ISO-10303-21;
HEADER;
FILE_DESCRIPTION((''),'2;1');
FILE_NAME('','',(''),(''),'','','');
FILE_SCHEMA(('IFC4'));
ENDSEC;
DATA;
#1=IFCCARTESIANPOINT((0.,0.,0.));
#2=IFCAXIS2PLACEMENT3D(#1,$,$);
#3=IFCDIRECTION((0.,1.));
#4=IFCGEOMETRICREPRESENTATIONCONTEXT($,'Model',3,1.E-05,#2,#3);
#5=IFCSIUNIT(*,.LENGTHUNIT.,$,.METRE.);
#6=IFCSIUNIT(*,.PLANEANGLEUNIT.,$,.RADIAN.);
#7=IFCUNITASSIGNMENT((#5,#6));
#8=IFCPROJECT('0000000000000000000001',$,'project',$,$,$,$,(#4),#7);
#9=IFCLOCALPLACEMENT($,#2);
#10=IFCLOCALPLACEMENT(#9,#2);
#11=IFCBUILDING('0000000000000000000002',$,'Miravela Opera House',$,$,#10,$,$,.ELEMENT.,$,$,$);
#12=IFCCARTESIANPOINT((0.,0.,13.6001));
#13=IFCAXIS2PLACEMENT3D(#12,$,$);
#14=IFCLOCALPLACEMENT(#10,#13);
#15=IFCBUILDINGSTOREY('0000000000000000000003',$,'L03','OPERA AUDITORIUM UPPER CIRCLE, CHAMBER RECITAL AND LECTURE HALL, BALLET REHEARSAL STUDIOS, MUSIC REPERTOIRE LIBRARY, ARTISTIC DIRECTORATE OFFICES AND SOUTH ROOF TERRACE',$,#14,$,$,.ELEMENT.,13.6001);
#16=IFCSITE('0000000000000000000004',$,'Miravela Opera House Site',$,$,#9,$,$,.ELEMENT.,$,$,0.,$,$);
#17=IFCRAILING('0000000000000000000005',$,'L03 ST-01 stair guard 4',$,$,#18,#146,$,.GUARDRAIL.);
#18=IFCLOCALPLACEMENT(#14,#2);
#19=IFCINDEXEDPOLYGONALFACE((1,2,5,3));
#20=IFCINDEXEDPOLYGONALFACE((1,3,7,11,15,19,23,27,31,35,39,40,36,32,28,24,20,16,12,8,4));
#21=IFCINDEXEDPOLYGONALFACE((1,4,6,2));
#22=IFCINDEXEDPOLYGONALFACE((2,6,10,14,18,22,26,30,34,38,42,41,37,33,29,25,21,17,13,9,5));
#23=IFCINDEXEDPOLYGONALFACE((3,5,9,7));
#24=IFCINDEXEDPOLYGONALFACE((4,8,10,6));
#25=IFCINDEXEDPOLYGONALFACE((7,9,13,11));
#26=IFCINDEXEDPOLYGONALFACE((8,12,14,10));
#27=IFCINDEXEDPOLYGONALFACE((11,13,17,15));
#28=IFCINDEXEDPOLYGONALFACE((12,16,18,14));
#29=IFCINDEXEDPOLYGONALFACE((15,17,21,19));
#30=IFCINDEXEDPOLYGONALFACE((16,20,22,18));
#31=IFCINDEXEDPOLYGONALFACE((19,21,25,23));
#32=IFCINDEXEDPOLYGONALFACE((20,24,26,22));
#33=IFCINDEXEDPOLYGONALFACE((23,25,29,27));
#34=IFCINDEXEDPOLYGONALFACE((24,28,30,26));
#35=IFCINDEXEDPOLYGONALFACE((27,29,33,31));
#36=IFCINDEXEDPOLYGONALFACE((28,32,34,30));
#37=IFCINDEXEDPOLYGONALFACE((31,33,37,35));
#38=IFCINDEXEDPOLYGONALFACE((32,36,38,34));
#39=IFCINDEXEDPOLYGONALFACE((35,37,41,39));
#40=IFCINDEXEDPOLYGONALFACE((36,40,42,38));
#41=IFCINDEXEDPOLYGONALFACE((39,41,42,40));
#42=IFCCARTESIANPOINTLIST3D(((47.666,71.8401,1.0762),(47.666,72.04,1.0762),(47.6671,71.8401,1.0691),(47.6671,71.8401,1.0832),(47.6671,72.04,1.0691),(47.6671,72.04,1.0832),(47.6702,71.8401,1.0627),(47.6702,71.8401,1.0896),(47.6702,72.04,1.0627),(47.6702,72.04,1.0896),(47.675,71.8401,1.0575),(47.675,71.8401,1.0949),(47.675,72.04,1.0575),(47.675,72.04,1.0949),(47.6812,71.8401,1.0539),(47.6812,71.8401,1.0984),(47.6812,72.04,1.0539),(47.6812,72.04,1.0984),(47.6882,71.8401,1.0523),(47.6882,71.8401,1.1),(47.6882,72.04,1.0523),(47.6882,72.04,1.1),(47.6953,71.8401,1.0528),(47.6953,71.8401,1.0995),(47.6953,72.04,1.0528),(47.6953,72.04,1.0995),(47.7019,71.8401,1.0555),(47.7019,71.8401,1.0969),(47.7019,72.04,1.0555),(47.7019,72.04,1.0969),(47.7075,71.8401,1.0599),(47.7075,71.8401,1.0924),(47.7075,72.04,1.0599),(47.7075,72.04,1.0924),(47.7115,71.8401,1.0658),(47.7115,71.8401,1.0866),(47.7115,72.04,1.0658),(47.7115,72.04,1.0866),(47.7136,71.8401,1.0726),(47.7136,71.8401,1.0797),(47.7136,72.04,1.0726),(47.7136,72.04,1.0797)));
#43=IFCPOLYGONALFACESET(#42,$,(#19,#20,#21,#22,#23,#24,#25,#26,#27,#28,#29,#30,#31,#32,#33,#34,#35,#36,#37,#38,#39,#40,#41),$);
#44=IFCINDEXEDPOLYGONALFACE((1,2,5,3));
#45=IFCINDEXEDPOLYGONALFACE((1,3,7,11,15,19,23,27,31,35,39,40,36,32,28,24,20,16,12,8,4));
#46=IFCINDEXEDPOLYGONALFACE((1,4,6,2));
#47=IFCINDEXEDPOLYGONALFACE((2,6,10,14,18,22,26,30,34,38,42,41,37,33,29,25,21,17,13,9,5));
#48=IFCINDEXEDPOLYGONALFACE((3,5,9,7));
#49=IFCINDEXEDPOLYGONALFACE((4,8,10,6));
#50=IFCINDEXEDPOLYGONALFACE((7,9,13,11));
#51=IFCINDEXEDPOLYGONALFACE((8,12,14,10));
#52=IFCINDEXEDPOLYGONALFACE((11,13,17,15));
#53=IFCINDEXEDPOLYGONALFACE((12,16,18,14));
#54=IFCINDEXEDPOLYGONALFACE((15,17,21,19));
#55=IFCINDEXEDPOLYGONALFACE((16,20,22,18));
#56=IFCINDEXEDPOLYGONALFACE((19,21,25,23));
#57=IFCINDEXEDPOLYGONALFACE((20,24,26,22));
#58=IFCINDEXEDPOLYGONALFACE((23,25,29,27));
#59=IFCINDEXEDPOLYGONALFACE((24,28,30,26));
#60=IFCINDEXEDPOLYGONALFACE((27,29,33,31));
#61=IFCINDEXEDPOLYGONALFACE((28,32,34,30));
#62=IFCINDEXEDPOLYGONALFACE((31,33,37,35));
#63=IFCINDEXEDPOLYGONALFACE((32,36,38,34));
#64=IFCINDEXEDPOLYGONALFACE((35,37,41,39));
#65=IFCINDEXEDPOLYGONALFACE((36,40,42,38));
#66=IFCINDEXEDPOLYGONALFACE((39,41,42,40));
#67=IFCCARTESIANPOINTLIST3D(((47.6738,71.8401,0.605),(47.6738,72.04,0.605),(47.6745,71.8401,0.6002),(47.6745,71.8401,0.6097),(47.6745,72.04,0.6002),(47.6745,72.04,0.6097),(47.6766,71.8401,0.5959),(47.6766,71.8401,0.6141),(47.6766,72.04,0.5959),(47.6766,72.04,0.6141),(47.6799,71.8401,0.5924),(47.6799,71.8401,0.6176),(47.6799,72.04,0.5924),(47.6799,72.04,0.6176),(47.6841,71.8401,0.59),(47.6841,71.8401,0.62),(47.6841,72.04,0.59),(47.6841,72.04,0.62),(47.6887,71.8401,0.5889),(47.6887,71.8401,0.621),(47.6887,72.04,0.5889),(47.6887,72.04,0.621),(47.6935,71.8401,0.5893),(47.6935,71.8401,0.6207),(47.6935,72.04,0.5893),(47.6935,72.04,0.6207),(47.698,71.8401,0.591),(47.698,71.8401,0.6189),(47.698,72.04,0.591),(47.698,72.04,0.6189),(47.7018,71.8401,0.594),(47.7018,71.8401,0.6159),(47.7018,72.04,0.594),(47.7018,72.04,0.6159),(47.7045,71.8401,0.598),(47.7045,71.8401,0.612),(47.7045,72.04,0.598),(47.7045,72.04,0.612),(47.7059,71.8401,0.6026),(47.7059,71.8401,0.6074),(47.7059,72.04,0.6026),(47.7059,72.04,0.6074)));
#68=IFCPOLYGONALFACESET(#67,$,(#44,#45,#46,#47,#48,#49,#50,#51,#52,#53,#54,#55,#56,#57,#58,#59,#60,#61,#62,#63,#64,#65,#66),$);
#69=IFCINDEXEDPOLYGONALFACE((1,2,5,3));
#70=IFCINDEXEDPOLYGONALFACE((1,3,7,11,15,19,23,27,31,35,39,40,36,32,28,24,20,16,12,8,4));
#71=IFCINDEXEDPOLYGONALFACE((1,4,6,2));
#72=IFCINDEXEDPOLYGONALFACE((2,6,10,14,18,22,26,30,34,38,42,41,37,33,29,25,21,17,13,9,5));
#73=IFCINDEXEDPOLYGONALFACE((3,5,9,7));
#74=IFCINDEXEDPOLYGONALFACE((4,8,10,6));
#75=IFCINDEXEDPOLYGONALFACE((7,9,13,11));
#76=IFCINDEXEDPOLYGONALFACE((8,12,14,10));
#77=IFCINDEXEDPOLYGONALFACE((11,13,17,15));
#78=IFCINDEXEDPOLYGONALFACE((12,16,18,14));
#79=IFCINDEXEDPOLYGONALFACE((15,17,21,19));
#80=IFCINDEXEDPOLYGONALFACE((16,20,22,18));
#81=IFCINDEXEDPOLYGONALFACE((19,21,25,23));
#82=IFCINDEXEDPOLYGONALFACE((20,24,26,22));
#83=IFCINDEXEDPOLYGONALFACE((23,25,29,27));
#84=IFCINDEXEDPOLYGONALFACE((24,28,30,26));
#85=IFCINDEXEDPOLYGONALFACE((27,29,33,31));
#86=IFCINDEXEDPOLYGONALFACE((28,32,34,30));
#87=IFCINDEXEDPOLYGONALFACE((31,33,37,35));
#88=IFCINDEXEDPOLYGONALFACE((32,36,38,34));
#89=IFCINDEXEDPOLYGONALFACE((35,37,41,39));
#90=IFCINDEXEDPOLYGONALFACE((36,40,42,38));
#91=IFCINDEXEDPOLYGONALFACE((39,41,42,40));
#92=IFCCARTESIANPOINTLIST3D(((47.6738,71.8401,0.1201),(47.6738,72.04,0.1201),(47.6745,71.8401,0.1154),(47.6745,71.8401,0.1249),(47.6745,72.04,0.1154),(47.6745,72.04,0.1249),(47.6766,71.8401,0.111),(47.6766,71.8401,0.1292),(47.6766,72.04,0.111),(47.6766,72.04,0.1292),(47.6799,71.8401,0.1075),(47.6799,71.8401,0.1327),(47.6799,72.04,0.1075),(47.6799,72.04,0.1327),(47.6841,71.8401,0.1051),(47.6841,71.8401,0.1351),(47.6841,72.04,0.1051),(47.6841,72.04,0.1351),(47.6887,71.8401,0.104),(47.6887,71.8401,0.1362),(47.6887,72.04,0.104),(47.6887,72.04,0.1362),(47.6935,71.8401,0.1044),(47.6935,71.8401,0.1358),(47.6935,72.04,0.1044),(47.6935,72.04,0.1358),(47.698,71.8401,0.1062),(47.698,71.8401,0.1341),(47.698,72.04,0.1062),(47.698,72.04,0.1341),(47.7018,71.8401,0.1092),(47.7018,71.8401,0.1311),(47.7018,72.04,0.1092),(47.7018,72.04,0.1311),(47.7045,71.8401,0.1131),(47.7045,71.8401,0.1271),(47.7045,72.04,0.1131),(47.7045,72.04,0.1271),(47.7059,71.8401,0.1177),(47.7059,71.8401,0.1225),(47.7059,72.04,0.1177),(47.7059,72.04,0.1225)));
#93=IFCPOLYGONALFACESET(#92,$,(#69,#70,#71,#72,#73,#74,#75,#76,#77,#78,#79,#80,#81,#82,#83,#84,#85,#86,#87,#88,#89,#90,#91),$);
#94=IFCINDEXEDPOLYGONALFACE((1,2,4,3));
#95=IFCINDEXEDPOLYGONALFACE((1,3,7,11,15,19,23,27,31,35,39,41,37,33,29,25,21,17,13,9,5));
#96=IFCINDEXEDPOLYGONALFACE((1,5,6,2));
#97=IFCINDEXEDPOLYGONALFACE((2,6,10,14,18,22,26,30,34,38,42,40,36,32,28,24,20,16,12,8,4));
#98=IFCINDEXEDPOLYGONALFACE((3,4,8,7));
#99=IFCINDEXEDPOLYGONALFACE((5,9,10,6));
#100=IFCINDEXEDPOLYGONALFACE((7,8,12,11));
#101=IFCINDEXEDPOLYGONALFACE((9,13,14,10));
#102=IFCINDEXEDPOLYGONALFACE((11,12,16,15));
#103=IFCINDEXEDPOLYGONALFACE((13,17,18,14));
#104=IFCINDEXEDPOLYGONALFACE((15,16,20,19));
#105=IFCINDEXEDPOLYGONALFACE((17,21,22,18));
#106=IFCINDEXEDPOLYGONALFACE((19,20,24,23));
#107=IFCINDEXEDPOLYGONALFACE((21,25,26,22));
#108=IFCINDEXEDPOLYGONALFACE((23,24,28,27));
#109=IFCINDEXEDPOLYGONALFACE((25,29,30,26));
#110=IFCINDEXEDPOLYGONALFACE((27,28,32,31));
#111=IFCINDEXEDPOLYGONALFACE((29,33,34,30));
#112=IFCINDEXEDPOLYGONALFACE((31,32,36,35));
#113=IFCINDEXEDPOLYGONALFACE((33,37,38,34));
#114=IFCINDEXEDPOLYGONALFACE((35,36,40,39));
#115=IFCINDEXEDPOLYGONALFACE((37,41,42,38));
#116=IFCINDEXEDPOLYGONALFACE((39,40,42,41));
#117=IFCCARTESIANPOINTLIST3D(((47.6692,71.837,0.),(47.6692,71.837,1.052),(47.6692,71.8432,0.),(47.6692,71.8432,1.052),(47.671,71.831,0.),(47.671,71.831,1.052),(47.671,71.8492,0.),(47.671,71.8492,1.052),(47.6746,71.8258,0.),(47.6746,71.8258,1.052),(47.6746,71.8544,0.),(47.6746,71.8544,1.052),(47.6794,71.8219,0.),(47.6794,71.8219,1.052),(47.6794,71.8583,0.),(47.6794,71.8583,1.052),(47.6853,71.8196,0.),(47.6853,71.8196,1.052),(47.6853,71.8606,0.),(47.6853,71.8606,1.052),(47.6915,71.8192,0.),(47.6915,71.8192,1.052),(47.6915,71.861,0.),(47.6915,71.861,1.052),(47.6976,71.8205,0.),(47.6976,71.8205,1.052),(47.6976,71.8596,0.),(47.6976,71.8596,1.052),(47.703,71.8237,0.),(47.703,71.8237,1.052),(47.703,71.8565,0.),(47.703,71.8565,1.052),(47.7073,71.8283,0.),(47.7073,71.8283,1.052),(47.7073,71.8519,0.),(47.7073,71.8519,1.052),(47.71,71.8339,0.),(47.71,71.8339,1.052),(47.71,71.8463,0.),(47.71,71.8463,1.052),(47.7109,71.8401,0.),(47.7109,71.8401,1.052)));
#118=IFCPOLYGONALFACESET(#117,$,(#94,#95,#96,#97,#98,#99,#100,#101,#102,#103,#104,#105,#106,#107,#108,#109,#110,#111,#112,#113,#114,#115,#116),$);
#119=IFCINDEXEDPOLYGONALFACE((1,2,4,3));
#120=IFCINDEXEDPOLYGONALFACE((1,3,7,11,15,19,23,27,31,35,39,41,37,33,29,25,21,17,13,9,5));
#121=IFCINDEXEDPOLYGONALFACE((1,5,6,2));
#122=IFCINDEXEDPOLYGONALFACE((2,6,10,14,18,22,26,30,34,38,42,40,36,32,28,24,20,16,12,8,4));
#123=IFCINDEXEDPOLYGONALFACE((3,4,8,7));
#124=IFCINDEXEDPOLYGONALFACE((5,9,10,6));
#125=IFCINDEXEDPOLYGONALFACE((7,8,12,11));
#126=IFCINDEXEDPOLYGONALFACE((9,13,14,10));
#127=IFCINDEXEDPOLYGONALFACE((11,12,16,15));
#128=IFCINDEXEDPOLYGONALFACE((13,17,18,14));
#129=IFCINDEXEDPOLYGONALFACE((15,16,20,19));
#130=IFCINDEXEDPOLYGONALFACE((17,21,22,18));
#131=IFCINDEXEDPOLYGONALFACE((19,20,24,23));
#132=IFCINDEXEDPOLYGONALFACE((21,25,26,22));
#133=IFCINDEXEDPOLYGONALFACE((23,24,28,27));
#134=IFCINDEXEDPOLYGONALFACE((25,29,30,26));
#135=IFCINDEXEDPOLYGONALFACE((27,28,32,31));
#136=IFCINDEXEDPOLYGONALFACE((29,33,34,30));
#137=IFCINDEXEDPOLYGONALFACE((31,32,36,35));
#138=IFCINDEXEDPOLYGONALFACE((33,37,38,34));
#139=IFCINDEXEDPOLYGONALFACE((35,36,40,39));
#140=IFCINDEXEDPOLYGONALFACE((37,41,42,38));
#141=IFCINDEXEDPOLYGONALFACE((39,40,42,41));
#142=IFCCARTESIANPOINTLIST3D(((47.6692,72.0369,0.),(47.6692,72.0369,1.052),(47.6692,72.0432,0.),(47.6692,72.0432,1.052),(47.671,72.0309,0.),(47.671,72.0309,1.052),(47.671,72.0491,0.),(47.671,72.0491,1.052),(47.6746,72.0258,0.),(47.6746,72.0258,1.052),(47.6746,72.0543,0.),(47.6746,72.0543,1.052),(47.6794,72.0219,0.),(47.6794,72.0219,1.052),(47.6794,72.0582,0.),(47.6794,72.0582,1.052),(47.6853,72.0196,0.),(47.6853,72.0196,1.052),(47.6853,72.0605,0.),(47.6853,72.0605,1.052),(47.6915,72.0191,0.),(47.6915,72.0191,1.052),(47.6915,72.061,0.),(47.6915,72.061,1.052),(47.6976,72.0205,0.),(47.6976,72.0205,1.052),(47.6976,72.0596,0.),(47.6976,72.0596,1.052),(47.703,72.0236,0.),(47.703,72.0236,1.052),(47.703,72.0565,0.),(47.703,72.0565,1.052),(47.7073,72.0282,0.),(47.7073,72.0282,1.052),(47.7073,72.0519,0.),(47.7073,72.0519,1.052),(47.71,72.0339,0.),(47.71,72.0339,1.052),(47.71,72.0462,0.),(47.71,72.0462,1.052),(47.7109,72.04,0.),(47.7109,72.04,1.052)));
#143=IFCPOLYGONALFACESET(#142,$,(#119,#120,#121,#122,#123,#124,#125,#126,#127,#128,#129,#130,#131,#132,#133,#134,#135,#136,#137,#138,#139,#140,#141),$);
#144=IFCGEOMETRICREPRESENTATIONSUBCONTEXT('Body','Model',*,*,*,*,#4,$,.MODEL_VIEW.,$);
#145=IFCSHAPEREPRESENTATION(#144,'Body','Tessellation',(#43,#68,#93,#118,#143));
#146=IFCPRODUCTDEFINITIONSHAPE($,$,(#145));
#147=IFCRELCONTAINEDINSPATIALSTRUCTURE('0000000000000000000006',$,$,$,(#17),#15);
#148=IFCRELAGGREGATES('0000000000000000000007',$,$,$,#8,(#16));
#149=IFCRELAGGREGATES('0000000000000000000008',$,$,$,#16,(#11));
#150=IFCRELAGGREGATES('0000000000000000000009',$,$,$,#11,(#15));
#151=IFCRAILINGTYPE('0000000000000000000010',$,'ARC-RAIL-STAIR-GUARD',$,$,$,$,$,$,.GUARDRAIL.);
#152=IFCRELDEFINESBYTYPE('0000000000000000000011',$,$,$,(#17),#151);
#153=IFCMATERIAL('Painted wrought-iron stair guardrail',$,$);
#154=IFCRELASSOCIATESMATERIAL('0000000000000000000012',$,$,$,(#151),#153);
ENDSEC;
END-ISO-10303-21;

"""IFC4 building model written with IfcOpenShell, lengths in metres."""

from ifc_helpers import new_model, si_unit, direction, frame, origin, origin_2d, place, context, subcontext, project, spatial, circle, extrude, material, type_object, element, save


model = new_model("IFC4")

# Units and contexts
model_context = context("Model", 3, precision=1e-05, world=origin(), true_north=direction((0.0, 1.0)))
body_context = subcontext(model_context, "Body", "Model", "MODEL_VIEW")
ifc_project = project(units=[si_unit("LENGTHUNIT", "METRE"), si_unit("PLANEANGLEUNIT", "RADIAN")], contexts=[model_context])

# Site, building, storey
site_placement = place(None, origin())
site = spatial("IfcSite", under=ifc_project, at=site_placement, Name="Miravela Opera House Site", CompositionType="ELEMENT", RefElevation=0.0)
building_placement = place(site_placement, origin())
building = spatial("IfcBuilding", under=site, at=building_placement, Name="Miravela Opera House", CompositionType="ELEMENT")
storey_placement = place(building_placement, frame((0.0, 0.0, 13.6001)))
storey = spatial("IfcBuildingStorey", under=building, at=storey_placement, Name="L03", Description="OPERA AUDITORIUM UPPER CIRCLE, CHAMBER RECITAL AND LECTURE HALL, BALLET REHEARSAL STUDIOS, MUSIC REPERTOIRE LIBRARY, ARTISTIC DIRECTORATE OFFICES AND SOUTH ROOF TERRACE", CompositionType="ELEMENT", Elevation=13.6001)

# Railing
ifc_material_1 = material(Name="Painted wrought-iron stair guardrail")
railing_type_1 = type_object("IfcRailingType", Name="ARC-RAIL-STAIR-GUARD", PredefinedType="GUARDRAIL", material=ifc_material_1)
railing_1_placement = place(storey_placement, frame((47.6899, 71.8401, 0.0)))
element("IfcRailing", 1, at=railing_1_placement, inside=storey, type_object=railing_type_1, Name="L03 ST-01 stair guard 4", PredefinedType="GUARDRAIL", context=body_context, shape_type="SweptSolid", body=[
    extrude(circle(Radius=0.0239, at=origin_2d()), frame((0.0, 0.0, 1.0762), z_axis=(0.0, 1.0, 0.0), x_axis=(-1.0, 0.0, 0.0)), (0.0, 0.0, 1.0), 0.2),
    extrude(circle(Radius=0.0161, at=origin_2d()), frame((0.0, 0.0, 0.605), z_axis=(0.0, 1.0, 0.0), x_axis=(-1.0, 0.0, 0.0)), (0.0, 0.0, 1.0), 0.2),
    extrude(circle(Radius=0.0161, at=origin_2d()), frame((0.0, 0.0, 0.1201), z_axis=(0.0, 1.0, 0.0), x_axis=(-1.0, 0.0, 0.0)), (0.0, 0.0, 1.0), 0.2),
    extrude(circle(Radius=0.021, at=origin_2d()), origin(), (0.0, 0.0, 1.0), 1.052),
    extrude(circle(Radius=0.021, at=origin_2d()), frame((0.0, 0.2, 0.0)), (0.0, 0.0, 1.0), 1.052),
])

save(model, "model.ifc")
